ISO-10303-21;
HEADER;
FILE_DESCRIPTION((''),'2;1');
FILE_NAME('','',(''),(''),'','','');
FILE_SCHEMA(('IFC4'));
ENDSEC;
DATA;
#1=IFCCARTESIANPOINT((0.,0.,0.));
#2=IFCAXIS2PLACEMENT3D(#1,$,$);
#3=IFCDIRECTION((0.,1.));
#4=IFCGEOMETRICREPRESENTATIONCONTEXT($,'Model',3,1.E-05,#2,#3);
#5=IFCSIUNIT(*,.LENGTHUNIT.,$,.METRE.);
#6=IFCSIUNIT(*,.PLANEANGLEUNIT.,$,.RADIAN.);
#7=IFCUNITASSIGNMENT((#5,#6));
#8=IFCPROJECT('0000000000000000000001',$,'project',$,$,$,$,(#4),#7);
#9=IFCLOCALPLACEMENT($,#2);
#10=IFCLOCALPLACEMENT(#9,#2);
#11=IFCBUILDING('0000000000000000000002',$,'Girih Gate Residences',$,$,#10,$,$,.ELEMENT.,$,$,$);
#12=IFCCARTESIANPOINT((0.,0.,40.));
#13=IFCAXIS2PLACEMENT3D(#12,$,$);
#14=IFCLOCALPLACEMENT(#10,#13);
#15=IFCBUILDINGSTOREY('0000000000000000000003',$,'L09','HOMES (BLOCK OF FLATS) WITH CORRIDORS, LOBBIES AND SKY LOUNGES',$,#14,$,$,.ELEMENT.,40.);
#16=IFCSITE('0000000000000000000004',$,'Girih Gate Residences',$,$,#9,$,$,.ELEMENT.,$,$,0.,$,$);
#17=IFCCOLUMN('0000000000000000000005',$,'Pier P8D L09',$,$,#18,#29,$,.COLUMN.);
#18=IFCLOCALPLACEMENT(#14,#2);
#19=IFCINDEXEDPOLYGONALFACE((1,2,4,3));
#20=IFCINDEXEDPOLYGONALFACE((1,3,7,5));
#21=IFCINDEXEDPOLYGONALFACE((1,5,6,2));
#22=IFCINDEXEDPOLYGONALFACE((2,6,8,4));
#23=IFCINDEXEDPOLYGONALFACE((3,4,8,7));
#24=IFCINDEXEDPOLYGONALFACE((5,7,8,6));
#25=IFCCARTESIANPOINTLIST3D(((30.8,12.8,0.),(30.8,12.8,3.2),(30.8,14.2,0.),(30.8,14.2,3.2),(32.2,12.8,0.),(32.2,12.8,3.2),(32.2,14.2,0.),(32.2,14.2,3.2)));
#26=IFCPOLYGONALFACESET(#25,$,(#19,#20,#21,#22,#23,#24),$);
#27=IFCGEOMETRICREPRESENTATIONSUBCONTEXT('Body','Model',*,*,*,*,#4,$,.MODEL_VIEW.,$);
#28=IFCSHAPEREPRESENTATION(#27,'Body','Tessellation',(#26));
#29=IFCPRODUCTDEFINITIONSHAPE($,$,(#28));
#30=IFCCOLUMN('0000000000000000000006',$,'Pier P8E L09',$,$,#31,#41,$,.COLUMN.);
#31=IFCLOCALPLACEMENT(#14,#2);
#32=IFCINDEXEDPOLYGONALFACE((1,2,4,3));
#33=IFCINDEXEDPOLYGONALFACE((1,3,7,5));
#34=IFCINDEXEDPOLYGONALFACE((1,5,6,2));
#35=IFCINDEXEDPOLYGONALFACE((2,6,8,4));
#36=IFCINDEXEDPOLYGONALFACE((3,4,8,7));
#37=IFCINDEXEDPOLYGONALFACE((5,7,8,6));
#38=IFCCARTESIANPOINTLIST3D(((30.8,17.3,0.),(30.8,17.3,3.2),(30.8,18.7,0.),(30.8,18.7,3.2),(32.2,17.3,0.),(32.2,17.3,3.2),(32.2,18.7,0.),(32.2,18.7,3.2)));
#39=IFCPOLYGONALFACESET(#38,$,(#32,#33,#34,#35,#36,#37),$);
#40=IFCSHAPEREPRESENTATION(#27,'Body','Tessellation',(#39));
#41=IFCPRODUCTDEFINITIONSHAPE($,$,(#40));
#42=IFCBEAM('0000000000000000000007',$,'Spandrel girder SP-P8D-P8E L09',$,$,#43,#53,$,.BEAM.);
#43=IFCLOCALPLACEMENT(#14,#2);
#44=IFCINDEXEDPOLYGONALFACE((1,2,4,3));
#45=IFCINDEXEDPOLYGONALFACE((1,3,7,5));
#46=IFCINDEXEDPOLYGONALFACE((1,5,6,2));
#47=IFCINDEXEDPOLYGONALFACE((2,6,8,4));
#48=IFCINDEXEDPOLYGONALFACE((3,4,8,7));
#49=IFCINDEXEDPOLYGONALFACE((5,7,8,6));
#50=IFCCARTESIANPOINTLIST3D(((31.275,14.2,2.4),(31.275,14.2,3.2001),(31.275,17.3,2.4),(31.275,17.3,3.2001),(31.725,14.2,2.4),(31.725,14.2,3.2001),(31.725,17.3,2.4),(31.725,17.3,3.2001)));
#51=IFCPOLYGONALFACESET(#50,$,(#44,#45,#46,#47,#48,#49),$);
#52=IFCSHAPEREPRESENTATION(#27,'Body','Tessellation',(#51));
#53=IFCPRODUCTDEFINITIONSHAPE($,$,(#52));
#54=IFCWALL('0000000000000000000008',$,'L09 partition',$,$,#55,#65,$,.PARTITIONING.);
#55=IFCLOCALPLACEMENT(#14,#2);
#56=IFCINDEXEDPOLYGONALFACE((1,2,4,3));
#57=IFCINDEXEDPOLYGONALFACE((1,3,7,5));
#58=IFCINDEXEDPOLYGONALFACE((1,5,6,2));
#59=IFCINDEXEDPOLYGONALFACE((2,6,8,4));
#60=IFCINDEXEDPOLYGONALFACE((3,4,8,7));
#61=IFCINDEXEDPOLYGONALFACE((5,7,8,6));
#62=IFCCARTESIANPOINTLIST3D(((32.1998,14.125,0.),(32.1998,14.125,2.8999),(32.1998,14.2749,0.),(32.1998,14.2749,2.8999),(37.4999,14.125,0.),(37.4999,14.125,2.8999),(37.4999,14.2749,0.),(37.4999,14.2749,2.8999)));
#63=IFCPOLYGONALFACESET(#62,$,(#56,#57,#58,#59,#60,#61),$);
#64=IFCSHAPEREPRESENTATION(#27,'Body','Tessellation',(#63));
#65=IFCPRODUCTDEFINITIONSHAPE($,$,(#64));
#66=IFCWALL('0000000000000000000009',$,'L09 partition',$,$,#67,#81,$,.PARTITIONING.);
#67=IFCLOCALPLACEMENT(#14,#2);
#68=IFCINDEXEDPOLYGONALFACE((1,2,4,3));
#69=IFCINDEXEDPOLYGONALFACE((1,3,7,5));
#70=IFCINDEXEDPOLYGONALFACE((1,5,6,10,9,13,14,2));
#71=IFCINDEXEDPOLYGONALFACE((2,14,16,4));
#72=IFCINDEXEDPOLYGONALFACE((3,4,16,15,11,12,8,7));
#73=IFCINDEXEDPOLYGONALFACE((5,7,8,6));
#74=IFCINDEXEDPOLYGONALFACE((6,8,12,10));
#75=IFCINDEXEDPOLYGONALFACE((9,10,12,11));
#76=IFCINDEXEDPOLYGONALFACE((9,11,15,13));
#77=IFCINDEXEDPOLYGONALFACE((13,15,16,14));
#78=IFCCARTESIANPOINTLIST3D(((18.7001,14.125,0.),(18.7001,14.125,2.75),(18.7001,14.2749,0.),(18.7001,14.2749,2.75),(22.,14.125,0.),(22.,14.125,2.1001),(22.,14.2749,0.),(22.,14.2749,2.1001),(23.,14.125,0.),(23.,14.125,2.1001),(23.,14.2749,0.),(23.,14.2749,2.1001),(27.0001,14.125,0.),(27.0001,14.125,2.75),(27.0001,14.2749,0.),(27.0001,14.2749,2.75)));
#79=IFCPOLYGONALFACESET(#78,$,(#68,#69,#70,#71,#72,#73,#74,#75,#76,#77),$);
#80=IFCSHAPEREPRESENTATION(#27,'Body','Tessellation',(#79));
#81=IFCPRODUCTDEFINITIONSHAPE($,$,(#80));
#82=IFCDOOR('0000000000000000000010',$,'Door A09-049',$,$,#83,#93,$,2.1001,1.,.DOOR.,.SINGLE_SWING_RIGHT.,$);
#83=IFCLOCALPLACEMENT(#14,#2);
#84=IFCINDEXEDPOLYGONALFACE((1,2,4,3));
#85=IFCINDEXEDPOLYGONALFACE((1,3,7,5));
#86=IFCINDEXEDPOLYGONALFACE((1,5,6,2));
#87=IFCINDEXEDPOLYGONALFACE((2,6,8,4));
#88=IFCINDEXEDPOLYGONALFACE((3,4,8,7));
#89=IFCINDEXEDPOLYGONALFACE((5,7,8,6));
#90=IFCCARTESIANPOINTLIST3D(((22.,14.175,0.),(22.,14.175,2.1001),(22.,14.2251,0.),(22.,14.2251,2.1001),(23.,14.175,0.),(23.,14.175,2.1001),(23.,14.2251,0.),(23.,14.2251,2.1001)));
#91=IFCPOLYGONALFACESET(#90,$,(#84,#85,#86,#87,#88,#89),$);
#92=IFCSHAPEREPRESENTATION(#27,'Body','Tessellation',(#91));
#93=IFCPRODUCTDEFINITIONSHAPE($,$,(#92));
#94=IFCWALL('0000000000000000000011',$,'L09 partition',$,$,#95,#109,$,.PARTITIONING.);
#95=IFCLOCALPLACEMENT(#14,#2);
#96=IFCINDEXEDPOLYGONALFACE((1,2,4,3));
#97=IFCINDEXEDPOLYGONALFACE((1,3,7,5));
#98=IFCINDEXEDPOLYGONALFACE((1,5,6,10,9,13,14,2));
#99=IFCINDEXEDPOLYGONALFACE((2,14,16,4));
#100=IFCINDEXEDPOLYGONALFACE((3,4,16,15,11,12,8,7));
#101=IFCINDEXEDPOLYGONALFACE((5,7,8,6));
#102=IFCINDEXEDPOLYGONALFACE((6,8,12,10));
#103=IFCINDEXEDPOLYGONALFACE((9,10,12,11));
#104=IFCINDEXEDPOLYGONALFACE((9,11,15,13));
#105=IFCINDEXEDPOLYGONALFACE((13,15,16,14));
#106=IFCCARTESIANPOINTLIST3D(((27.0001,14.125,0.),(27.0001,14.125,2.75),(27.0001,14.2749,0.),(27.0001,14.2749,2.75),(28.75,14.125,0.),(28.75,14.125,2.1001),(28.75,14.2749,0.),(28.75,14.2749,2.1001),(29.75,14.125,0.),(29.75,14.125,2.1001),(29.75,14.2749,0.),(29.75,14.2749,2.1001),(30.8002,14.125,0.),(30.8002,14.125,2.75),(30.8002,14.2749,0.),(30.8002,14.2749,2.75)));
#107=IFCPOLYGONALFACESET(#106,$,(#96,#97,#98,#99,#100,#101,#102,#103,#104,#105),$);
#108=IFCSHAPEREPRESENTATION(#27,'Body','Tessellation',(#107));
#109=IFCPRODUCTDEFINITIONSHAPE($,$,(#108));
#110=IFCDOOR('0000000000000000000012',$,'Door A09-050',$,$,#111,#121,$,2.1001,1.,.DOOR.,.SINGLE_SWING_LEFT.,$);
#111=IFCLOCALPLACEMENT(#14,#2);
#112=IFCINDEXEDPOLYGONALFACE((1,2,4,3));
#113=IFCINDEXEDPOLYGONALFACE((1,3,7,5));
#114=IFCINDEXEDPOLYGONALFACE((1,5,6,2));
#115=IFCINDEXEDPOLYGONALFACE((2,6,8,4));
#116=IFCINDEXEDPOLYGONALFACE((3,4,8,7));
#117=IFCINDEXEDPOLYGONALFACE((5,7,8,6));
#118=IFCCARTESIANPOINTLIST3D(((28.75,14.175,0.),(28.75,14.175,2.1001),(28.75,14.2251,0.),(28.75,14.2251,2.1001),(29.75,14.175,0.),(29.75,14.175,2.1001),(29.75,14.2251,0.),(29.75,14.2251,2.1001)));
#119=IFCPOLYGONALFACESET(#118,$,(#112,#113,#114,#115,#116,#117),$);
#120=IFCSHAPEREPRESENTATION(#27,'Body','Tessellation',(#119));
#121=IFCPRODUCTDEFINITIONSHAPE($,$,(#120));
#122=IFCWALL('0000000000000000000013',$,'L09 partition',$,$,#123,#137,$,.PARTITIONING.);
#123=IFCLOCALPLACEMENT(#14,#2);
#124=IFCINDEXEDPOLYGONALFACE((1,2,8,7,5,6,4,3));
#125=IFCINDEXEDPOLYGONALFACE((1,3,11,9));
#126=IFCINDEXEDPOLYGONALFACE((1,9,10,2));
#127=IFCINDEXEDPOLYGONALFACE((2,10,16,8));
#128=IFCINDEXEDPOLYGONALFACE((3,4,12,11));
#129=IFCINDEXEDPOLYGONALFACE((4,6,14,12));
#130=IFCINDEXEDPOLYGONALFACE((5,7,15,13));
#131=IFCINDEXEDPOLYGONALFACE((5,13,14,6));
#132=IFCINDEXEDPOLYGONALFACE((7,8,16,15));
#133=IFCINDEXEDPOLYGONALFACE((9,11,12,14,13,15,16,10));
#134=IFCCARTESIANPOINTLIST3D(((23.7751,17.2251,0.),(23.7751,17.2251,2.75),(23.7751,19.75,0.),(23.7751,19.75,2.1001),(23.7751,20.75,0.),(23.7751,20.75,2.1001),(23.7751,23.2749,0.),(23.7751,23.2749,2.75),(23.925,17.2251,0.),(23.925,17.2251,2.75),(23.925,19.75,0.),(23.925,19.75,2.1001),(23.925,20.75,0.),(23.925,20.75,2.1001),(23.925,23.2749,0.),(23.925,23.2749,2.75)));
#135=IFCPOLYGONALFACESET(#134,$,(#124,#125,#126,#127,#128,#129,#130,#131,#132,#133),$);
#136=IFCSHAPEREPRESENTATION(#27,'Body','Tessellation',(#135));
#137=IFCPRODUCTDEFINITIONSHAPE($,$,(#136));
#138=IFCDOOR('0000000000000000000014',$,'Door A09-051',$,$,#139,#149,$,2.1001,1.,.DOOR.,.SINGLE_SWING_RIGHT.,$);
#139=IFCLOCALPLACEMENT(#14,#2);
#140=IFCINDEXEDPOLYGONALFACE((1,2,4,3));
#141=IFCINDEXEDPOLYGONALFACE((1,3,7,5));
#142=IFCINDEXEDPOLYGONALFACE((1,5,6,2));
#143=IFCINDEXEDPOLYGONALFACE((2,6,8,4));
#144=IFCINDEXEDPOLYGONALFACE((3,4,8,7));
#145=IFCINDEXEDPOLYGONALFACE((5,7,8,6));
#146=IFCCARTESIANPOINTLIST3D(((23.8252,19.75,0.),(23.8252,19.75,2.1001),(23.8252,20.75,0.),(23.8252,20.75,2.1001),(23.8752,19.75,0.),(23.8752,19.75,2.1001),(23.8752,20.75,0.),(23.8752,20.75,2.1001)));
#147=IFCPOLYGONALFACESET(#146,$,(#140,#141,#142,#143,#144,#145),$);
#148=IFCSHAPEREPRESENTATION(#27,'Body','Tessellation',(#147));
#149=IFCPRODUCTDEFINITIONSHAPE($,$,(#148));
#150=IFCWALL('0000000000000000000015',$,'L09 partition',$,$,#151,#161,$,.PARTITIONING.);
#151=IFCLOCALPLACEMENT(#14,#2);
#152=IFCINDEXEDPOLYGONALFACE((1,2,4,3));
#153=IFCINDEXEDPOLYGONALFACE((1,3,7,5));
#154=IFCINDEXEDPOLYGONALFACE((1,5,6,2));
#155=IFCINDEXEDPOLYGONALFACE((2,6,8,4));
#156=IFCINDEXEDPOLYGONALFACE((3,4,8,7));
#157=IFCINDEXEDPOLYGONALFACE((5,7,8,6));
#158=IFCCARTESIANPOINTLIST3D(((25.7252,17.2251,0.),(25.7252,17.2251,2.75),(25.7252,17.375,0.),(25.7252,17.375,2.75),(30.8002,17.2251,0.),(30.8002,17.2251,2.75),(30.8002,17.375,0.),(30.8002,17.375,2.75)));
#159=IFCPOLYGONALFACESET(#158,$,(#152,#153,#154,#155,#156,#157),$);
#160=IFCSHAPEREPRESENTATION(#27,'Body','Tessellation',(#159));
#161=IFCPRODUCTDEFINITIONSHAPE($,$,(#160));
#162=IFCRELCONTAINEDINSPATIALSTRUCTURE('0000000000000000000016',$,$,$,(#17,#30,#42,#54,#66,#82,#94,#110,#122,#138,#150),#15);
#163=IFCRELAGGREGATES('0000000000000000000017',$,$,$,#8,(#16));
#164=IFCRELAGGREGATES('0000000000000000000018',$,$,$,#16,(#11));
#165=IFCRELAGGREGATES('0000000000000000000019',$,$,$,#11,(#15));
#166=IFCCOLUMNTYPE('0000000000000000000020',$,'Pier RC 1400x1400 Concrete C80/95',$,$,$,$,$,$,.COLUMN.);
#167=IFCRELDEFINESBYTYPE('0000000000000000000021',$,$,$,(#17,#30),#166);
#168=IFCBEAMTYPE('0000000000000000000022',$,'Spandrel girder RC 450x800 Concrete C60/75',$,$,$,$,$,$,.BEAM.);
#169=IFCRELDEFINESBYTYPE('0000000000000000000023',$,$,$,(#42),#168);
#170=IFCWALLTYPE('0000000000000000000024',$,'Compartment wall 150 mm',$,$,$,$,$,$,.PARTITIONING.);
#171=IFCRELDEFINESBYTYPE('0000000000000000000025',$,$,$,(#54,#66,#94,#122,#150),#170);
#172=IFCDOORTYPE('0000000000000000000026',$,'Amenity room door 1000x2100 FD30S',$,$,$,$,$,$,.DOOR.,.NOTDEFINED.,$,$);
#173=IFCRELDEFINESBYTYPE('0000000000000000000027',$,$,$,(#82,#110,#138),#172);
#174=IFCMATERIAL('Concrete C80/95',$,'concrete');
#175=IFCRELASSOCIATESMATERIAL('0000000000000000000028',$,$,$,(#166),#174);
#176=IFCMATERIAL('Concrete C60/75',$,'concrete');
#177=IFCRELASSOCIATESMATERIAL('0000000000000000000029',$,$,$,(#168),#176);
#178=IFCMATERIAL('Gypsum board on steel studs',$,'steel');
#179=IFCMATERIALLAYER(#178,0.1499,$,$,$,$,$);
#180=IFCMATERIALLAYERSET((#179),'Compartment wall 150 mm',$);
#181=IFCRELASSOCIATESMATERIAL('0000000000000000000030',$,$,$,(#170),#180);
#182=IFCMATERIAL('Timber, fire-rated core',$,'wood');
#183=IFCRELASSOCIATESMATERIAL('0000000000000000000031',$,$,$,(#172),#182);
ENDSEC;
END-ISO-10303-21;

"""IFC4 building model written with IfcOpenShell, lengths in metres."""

from ifc_helpers import new_model, si_unit, direction, frame, frame_2d, origin, origin_2d, place, context, subcontext, project, spatial, rectangle, extrude, material, layer, layer_set, material_profile, profile_set, type_object, element, fill, save


model = new_model("IFC4")

# Units and contexts
model_context = context("Model", 3, precision=1e-05, world=origin(), true_north=direction((0.0, 1.0)))
body_context = subcontext(model_context, "Body", "Model", "MODEL_VIEW")
ifc_project = project(units=[si_unit("LENGTHUNIT", "METRE"), si_unit("PLANEANGLEUNIT", "RADIAN")], contexts=[model_context])

# Site, building, storey
site_placement = place(None, origin())
site = spatial("IfcSite", under=ifc_project, at=site_placement, Name="Girih Gate Residences", CompositionType="ELEMENT", RefElevation=0.0)
building_placement = place(site_placement, origin())
building = spatial("IfcBuilding", under=site, at=building_placement, Name="Girih Gate Residences", CompositionType="ELEMENT")
storey_placement = place(building_placement, frame((0.0, 0.0, 40.0)))
storey = spatial("IfcBuildingStorey", under=building, at=storey_placement, Name="L09", Description="HOMES (BLOCK OF FLATS) WITH CORRIDORS, LOBBIES AND SKY LOUNGES", CompositionType="ELEMENT", Elevation=40.0)

# Columns
ifc_material_1 = material(Name="Concrete C80/95", Category="concrete")
ifc_material_profile_1 = material_profile(ifc_material_1, rectangle(XDim=1.3999, YDim=1.3999, at=origin_2d()))
ifc_profile_set_1 = profile_set([ifc_material_profile_1], Name="Concrete C80/95")
column_type = type_object("IfcColumnType", Name="Pier RC 1400x1400 Concrete C80/95", PredefinedType="COLUMN", material=ifc_profile_set_1)
for number, where, z_axis, x_axis, name in (
    (1, (31.5, 13.5, 0.0), (0.0, 0.0, 1.0), (1.0, 0.0, 0.0), "Pier P8D L09"),
    (2, (31.5, 18.0, 0.0), (0.0, 0.0, 1.0), (1.0, 0.0, 0.0), "Pier P8E L09"),
):
    element("IfcColumn", number, at=place(storey_placement, frame(where, z_axis=z_axis, x_axis=x_axis)), inside=storey, type_object=column_type, Name=name, PredefinedType="COLUMN", context=body_context, shape_type="SweptSolid", body=[
        extrude(rectangle(XDim=1.3999, YDim=1.3999, at=origin_2d()), origin(), (0.0, 0.0, 1.0), 3.2),
    ])

# Beam
ifc_material_2 = material(Name="Concrete C60/75", Category="concrete")
ifc_material_profile_2 = material_profile(ifc_material_2, rectangle(XDim=0.45, YDim=0.8, at=origin_2d()))
ifc_profile_set_2 = profile_set([ifc_material_profile_2], Name="Concrete C60/75")
beam_type = type_object("IfcBeamType", Name="Spandrel girder RC 450x800 Concrete C60/75", PredefinedType="BEAM", material=ifc_profile_set_2)
beam_placement = place(storey_placement, frame((31.5, 14.2, 2.8), z_axis=(0.0, 1.0, 0.0), x_axis=(-1.0, 0.0, 0.0)))
element("IfcBeam", 3, at=beam_placement, inside=storey, type_object=beam_type, Name="Spandrel girder SP-P8D-P8E L09", PredefinedType="BEAM", context=body_context, shape_type="SweptSolid", body=[
    extrude(rectangle(XDim=0.45, YDim=0.8, at=origin_2d()), origin(), (0.0, 0.0, 1.0), 3.1001),
])

# Wall
ifc_material_3 = material(Name="Gypsum board on steel studs", Category="steel")
ifc_layer_1 = layer(ifc_material_3, 0.1499)
ifc_layer_set_1 = layer_set([ifc_layer_1], Name="Compartment wall 150 mm")
wall_type_1 = type_object("IfcWallType", Name="Compartment wall 150 mm", PredefinedType="PARTITIONING", material=ifc_layer_set_1)
wall_1_placement = place(storey_placement, frame((32.2, 14.2, 0.0), z_axis=(0.0, 0.0, 1.0), x_axis=(1.0, 0.0, 0.0)))
element("IfcWall", 4, at=wall_1_placement, inside=storey, type_object=wall_type_1, Name="L09 partition", PredefinedType="PARTITIONING", context=body_context, shape_type="SweptSolid", body=[
    extrude(rectangle(XDim=5.3, YDim=0.1499, at=frame_2d((2.6499, 0.0))), origin(), (0.0, 0.0, 1.0), 2.8999),
])

# Walls, openings, doors
wall_2_placement = place(storey_placement, frame((27.0, 14.2, 0.0), z_axis=(0.0, 0.0, 1.0), x_axis=(-1.0, 0.0, 0.0)))
wall_2 = element("IfcWall", 5, at=wall_2_placement, inside=storey, type_object=wall_type_1, Name="L09 partition", PredefinedType="PARTITIONING", context=body_context, shape_type="SweptSolid", body=[
    extrude(rectangle(XDim=8.3, YDim=0.1499, at=frame_2d((4.1499, 0.0))), origin(), (0.0, 0.0, 1.0), 2.75),
])
opening_1_placement = place(wall_2_placement, frame((4.0, 0.0, 0.0)))
opening_1 = element("IfcOpeningElement", 6, at=opening_1_placement, cuts=wall_2, PredefinedType="OPENING", context=body_context, shape_type="SweptSolid", body=[
    extrude(rectangle(XDim=1.0, YDim=2.1001, at=frame_2d((0.5, 1.05))), frame((0.0, 0.085, 0.0), z_axis=(0.0, -1.0, 0.0), x_axis=(1.0, 0.0, 0.0)), (0.0, 0.0, 1.0), 0.1699),
])
ifc_material_4 = material(Name="Timber, fire-rated core", Category="wood")
door_type_1 = type_object("IfcDoorType", Name="Amenity room door 1000x2100 FD30S", OperationType="NOTDEFINED", PredefinedType="DOOR", material=ifc_material_4)
door_1_placement = place(opening_1_placement, origin())
door_1 = element("IfcDoor", 7, at=door_1_placement, inside=storey, type_object=door_type_1, Name="Door A09-049", OperationType="SINGLE_SWING_RIGHT", OverallHeight=2.1001, OverallWidth=1.0, PredefinedType="DOOR", context=body_context, shape_type="SweptSolid", body=[
    extrude(rectangle(XDim=1.0, YDim=2.1001, at=frame_2d((0.5, 1.05))), frame((0.0, 0.0249, 0.0), z_axis=(0.0, -1.0, 0.0), x_axis=(1.0, 0.0, 0.0)), (0.0, 0.0, 1.0), 0.05),
])
fill(opening_1, door_1)
wall_3_placement = place(storey_placement, frame((30.8, 14.2, 0.0), z_axis=(0.0, 0.0, 1.0), x_axis=(-1.0, 0.0, 0.0)))
wall_3 = element("IfcWall", 8, at=wall_3_placement, inside=storey, type_object=wall_type_1, Name="L09 partition", PredefinedType="PARTITIONING", context=body_context, shape_type="SweptSolid", body=[
    extrude(rectangle(XDim=3.8, YDim=0.1499, at=frame_2d((1.8999, 0.0))), origin(), (0.0, 0.0, 1.0), 2.75),
])
opening_2_placement = place(wall_3_placement, frame((1.05, 0.0, 0.0)))
opening_2 = element("IfcOpeningElement", 9, at=opening_2_placement, cuts=wall_3, PredefinedType="OPENING", context=body_context, shape_type="SweptSolid", body=[
    extrude(rectangle(XDim=1.0, YDim=2.1001, at=frame_2d((0.5, 1.05))), frame((0.0, 0.085, 0.0), z_axis=(0.0, -1.0, 0.0), x_axis=(1.0, 0.0, 0.0)), (0.0, 0.0, 1.0), 0.1699),
])
door_2_placement = place(opening_2_placement, origin())
door_2 = element("IfcDoor", 10, at=door_2_placement, inside=storey, type_object=door_type_1, Name="Door A09-050", OperationType="SINGLE_SWING_LEFT", OverallHeight=2.1001, OverallWidth=1.0, PredefinedType="DOOR", context=body_context, shape_type="SweptSolid", body=[
    extrude(rectangle(XDim=1.0, YDim=2.1001, at=frame_2d((0.5, 1.05))), frame((0.0, 0.0249, 0.0), z_axis=(0.0, -1.0, 0.0), x_axis=(1.0, 0.0, 0.0)), (0.0, 0.0, 1.0), 0.05),
])
fill(opening_2, door_2)
wall_4_placement = place(storey_placement, frame((23.8501, 17.2251, 0.0), z_axis=(0.0, 0.0, 1.0), x_axis=(0.0, 1.0, 0.0)))
wall_4 = element("IfcWall", 11, at=wall_4_placement, inside=storey, type_object=wall_type_1, Name="L09 partition", PredefinedType="PARTITIONING", context=body_context, shape_type="SweptSolid", body=[
    extrude(rectangle(XDim=6.0498, YDim=0.1499, at=frame_2d((3.0249, 0.0))), origin(), (0.0, 0.0, 1.0), 2.75),
])
opening_3_placement = place(wall_4_placement, frame((2.5249, 0.0, 0.0)))
opening_3 = element("IfcOpeningElement", 12, at=opening_3_placement, cuts=wall_4, PredefinedType="OPENING", context=body_context, shape_type="SweptSolid", body=[
    extrude(rectangle(XDim=1.0, YDim=2.1001, at=frame_2d((0.5, 1.05))), frame((0.0, 0.085, 0.0), z_axis=(0.0, -1.0, 0.0), x_axis=(1.0, 0.0, 0.0)), (0.0, 0.0, 1.0), 0.1699),
])
door_3_placement = place(opening_3_placement, origin())
door_3 = element("IfcDoor", 13, at=door_3_placement, inside=storey, type_object=door_type_1, Name="Door A09-051", OperationType="SINGLE_SWING_RIGHT", OverallHeight=2.1001, OverallWidth=1.0, PredefinedType="DOOR", context=body_context, shape_type="SweptSolid", body=[
    extrude(rectangle(XDim=1.0, YDim=2.1001, at=frame_2d((0.5, 1.05))), frame((0.0, 0.0249, 0.0), z_axis=(0.0, -1.0, 0.0), x_axis=(1.0, 0.0, 0.0)), (0.0, 0.0, 1.0), 0.05),
])
fill(opening_3, door_3)

# Wall
wall_5_placement = place(storey_placement, frame((25.7251, 17.3, 0.0), z_axis=(0.0, 0.0, 1.0), x_axis=(1.0, 0.0, 0.0)))
element("IfcWall", 14, at=wall_5_placement, inside=storey, type_object=wall_type_1, Name="L09 partition", PredefinedType="PARTITIONING", context=body_context, shape_type="SweptSolid", body=[
    extrude(rectangle(XDim=5.075, YDim=0.1499, at=frame_2d((2.5376, 0.0))), origin(), (0.0, 0.0, 1.0), 2.75),
])

save(model, "model.ifc")
